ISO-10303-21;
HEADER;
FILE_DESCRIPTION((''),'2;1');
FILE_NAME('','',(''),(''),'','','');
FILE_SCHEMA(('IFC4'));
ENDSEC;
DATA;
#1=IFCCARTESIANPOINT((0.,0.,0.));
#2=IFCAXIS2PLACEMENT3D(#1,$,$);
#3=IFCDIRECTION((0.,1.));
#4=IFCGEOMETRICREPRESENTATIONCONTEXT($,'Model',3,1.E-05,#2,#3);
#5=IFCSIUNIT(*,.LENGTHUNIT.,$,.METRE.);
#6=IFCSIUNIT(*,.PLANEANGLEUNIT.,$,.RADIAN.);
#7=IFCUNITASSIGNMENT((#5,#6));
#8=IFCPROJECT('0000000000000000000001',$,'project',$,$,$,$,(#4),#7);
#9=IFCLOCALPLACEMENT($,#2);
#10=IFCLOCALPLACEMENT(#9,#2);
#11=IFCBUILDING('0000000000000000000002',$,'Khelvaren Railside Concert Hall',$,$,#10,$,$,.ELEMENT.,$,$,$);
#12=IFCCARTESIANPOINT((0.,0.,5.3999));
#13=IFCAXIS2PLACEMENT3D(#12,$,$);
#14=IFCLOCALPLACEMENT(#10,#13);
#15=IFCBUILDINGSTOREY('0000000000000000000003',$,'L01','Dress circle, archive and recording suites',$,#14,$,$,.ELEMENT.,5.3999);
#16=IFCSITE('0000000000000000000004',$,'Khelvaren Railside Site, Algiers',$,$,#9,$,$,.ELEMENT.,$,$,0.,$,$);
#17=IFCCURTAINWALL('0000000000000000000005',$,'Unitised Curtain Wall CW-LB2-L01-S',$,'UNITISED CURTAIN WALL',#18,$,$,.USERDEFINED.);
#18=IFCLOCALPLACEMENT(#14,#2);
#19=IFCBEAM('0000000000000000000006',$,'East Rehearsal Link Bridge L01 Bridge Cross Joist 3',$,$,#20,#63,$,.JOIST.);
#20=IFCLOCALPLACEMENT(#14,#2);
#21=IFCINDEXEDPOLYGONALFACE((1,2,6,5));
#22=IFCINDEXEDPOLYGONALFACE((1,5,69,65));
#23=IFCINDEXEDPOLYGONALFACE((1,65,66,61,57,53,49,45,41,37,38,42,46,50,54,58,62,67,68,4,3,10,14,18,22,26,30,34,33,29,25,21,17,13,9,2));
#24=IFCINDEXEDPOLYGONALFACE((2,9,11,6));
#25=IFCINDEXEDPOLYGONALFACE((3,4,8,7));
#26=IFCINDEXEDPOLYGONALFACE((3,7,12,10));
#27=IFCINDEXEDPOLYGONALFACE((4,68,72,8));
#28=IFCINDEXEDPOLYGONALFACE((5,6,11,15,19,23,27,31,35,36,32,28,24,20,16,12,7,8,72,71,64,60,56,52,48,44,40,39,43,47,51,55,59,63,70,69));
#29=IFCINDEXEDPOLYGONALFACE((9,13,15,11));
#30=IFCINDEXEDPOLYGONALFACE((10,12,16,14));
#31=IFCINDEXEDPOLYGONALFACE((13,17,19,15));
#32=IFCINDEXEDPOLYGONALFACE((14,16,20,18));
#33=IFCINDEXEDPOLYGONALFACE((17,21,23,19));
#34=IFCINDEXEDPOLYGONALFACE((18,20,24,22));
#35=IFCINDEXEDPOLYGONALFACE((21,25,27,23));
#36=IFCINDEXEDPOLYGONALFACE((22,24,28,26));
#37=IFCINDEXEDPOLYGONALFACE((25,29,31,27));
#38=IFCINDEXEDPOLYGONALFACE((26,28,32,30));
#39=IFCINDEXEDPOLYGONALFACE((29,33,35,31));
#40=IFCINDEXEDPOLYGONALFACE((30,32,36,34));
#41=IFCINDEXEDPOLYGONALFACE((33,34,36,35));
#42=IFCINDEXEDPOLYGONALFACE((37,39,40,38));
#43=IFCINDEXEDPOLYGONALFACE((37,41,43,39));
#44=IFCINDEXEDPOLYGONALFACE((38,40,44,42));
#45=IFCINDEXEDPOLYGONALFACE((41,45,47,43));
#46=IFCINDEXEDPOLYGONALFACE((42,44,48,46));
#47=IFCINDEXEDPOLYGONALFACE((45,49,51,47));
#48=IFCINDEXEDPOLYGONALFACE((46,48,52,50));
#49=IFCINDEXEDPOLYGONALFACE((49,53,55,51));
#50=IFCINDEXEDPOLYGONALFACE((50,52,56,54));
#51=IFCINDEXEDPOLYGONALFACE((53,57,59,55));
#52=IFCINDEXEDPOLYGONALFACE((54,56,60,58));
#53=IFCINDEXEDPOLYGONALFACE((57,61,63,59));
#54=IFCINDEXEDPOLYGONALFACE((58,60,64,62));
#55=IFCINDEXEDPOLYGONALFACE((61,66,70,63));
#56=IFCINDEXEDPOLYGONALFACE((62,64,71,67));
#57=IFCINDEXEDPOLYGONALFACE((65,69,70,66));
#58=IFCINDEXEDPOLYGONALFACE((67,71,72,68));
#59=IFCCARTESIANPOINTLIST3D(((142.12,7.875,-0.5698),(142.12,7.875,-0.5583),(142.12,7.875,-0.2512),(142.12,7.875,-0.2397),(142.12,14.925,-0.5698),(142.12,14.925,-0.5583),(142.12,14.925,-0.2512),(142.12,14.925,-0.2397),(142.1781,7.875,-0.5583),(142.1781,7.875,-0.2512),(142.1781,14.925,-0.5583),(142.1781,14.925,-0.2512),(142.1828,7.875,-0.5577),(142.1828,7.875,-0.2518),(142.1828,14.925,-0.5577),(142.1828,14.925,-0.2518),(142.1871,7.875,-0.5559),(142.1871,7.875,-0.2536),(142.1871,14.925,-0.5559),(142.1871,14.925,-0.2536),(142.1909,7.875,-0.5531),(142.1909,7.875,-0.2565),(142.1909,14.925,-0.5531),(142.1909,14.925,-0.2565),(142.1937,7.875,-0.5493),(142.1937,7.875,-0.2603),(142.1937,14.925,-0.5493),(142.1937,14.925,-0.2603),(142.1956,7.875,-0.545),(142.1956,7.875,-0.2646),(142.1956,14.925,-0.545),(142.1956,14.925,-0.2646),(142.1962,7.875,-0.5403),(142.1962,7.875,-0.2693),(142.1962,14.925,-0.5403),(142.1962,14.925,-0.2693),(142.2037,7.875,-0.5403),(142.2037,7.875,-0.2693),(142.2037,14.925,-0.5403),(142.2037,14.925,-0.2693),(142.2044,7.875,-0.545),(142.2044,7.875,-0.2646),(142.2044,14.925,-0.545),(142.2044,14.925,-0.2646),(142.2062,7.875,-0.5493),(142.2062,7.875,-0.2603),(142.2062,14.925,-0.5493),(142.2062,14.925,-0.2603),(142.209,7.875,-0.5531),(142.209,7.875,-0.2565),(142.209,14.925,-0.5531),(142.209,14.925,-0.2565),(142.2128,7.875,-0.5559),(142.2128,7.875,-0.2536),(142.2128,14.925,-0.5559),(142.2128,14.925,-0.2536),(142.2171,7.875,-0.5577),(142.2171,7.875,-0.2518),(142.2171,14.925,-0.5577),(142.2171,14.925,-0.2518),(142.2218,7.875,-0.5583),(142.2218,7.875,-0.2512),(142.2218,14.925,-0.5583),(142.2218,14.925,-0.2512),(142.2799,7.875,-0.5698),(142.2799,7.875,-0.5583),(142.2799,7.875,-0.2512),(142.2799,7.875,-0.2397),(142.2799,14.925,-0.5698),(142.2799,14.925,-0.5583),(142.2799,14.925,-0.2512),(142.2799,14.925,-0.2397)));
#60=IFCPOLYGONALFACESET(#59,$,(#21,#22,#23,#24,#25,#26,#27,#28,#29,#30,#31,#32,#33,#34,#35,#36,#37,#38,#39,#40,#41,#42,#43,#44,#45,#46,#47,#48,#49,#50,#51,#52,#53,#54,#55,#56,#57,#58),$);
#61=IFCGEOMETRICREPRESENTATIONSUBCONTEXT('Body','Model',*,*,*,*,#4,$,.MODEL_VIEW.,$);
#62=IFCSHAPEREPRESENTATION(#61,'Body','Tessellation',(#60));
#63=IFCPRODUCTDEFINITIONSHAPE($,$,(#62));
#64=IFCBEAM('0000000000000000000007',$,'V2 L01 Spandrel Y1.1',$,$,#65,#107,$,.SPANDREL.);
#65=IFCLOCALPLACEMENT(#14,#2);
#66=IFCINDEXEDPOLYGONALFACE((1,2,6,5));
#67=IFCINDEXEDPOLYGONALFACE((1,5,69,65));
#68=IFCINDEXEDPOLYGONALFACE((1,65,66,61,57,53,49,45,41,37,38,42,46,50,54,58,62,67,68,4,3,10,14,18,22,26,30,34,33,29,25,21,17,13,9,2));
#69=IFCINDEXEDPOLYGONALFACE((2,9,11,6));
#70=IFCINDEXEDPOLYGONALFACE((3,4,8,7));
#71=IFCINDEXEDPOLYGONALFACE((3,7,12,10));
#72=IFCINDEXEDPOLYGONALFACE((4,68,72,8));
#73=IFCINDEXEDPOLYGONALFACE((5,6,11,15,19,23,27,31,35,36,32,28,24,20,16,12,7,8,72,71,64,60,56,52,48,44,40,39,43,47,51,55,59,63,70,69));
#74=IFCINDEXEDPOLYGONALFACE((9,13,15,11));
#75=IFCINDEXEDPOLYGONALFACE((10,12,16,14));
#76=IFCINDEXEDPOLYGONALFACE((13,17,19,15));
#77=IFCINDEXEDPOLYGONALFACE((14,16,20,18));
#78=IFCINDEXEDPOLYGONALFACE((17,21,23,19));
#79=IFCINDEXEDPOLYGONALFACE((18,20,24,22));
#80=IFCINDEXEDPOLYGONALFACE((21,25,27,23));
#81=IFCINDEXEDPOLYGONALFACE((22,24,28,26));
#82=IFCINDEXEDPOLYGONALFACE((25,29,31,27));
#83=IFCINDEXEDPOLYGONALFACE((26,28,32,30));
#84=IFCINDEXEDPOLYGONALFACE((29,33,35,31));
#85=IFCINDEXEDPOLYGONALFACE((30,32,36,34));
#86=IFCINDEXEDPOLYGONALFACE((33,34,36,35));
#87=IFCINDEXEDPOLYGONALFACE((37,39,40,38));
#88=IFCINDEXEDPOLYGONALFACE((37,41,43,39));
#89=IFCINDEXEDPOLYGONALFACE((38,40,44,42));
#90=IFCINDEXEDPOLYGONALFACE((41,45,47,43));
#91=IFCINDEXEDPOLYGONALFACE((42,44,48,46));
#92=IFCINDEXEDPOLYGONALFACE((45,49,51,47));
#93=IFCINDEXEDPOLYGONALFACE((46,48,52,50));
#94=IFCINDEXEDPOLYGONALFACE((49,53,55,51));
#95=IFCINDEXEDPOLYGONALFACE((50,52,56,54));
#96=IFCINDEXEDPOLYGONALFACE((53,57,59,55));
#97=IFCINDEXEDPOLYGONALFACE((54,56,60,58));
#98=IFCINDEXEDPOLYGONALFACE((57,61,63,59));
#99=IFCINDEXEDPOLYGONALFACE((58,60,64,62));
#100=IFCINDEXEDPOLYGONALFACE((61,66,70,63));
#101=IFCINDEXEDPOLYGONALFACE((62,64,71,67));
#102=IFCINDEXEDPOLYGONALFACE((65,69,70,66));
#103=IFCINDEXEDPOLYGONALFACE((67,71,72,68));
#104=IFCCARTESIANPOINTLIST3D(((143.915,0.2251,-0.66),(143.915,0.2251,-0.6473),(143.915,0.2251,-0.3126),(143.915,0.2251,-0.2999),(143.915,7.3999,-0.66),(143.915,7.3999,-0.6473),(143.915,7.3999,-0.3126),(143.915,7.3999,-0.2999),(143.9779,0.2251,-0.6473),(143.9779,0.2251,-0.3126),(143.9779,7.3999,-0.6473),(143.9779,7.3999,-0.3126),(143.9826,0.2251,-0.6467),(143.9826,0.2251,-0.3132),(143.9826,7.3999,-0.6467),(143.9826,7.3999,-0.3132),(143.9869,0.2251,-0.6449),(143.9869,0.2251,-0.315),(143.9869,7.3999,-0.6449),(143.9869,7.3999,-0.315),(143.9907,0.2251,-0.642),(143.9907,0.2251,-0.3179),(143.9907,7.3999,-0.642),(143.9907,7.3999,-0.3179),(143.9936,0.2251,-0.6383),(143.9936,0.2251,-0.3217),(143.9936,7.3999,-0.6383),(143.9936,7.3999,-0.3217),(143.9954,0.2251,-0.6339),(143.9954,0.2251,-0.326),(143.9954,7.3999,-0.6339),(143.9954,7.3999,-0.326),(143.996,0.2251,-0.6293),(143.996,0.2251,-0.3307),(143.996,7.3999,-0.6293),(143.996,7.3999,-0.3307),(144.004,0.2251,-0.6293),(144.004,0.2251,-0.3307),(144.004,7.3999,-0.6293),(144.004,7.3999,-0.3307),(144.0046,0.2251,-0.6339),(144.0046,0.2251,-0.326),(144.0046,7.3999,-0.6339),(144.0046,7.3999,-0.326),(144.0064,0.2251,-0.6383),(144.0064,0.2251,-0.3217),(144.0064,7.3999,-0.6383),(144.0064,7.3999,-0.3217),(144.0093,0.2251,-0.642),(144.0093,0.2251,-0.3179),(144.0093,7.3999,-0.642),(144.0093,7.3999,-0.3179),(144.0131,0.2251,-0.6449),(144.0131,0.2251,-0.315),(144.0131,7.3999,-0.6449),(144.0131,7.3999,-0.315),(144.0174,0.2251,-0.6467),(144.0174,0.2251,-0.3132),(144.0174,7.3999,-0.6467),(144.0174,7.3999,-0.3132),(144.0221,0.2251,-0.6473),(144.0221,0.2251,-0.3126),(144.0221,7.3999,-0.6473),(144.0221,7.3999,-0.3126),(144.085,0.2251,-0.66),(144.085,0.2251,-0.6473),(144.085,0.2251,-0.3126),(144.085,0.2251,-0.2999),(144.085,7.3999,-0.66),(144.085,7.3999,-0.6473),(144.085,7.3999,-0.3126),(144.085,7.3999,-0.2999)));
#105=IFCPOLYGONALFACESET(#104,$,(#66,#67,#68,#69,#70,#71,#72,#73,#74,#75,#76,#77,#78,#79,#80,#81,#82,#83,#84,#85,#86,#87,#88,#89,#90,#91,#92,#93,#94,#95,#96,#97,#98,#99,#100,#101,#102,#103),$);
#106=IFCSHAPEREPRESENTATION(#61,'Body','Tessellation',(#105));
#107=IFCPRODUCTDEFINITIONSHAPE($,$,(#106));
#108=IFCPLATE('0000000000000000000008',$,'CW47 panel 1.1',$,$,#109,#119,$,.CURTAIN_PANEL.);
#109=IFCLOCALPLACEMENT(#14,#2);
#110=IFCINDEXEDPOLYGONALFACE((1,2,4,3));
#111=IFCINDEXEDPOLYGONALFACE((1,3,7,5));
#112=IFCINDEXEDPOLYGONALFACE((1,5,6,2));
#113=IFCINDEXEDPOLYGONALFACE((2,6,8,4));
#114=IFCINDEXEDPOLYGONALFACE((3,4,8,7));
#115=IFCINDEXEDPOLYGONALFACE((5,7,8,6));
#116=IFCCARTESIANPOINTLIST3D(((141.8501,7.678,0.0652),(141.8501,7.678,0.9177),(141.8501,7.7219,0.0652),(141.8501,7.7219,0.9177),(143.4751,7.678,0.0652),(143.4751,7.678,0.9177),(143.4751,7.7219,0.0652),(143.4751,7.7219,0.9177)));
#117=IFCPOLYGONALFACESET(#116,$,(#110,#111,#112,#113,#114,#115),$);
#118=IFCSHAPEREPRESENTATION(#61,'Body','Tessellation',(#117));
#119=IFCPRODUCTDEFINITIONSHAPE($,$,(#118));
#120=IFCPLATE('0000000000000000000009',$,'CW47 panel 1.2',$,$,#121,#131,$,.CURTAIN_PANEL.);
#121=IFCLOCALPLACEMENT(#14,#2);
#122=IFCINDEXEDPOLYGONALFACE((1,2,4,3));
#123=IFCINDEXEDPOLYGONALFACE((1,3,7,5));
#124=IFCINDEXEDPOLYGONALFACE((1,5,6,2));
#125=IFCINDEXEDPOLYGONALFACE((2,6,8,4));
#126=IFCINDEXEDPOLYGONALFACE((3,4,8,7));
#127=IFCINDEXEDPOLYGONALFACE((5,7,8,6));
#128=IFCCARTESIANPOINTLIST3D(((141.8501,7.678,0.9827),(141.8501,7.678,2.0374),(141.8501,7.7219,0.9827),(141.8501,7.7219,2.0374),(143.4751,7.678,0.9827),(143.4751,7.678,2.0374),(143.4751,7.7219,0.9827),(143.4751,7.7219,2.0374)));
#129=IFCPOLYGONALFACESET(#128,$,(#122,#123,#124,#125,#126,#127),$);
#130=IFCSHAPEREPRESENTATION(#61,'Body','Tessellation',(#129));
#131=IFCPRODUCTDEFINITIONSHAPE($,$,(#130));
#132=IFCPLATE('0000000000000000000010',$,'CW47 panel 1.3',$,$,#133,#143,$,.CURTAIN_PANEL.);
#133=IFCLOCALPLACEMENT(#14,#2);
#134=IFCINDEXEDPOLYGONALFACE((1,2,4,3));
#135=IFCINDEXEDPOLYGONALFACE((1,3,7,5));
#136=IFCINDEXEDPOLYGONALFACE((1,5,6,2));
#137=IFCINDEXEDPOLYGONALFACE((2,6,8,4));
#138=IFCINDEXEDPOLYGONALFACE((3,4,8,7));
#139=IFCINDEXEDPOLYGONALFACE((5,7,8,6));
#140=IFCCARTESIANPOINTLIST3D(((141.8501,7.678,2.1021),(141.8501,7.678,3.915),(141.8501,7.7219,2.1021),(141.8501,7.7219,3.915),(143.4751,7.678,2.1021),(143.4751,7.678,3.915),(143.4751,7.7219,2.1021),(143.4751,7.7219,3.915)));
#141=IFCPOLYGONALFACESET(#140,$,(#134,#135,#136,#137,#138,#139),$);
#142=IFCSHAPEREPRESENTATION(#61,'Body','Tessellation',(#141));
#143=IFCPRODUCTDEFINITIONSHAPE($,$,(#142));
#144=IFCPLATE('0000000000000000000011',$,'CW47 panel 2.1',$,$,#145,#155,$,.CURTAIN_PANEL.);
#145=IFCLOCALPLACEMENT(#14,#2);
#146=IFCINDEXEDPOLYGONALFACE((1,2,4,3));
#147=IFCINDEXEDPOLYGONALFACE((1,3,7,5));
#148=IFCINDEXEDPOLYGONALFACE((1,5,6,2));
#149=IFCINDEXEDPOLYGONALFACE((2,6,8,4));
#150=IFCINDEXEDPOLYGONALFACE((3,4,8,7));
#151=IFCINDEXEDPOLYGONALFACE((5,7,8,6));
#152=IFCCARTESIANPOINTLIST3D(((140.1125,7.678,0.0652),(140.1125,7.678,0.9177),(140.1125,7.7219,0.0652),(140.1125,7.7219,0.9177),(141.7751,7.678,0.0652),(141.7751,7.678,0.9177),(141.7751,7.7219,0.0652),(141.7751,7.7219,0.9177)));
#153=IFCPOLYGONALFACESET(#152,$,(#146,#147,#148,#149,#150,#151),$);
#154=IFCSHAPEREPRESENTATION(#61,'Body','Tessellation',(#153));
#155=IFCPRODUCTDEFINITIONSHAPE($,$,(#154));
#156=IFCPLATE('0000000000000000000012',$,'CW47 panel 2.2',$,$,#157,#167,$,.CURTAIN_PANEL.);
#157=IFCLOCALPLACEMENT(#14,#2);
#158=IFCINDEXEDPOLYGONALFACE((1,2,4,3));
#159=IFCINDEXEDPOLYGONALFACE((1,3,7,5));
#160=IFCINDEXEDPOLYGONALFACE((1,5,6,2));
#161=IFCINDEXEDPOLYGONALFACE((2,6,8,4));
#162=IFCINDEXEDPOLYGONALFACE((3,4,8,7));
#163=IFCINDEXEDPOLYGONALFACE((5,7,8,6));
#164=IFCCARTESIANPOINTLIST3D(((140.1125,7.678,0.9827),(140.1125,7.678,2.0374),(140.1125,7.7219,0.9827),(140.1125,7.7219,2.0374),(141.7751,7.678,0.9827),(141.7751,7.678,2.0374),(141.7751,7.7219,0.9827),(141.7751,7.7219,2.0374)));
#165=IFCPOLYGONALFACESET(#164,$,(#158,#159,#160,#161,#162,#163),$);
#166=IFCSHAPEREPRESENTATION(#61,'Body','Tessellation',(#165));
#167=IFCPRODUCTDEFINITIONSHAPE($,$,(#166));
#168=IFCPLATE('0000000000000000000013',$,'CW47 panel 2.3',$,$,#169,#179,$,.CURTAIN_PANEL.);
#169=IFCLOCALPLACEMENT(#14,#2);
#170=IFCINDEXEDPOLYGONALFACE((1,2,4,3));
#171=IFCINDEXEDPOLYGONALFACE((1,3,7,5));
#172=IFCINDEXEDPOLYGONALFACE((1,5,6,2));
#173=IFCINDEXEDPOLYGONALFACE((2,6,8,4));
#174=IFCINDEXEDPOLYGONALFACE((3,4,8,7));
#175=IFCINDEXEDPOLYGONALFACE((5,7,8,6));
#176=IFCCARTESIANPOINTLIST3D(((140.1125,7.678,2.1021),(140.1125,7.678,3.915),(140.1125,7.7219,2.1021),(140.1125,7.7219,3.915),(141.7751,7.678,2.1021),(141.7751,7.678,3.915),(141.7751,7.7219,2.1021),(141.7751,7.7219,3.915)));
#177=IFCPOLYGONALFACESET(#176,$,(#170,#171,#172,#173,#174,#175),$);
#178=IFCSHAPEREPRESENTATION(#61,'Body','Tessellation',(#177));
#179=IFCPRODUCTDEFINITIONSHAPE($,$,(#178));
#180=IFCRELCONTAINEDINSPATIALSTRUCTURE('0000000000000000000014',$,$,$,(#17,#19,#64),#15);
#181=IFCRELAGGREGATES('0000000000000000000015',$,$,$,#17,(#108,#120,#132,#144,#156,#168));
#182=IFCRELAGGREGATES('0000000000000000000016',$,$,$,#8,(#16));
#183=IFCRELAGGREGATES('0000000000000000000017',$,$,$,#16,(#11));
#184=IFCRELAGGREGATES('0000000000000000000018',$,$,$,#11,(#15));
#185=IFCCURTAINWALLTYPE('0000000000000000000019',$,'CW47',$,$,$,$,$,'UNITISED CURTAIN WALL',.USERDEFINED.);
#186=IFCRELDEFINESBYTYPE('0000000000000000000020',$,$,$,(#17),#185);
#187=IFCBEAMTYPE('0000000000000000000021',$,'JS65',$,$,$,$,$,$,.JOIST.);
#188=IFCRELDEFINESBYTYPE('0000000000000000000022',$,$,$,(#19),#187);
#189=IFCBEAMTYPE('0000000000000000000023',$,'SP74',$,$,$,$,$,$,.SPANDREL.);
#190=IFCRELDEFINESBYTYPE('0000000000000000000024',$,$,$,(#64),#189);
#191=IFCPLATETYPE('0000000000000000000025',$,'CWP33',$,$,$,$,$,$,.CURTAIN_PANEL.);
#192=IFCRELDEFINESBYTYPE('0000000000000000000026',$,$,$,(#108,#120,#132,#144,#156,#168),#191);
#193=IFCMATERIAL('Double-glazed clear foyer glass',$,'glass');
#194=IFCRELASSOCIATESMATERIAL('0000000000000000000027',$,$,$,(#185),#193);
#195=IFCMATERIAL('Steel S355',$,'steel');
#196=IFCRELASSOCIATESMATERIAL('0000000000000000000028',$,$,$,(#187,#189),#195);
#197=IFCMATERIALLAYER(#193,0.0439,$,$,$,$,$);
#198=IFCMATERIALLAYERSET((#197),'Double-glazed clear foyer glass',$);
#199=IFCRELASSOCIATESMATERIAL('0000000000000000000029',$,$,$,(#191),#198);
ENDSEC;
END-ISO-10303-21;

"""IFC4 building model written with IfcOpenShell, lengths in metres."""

from ifc_helpers import new_model, si_unit, direction, frame, origin, origin_2d, place, context, subcontext, project, spatial, rectangle, i_section, extrude, material, layer, layer_set, material_profile, profile_set, type_object, element, aggregate, save


model = new_model("IFC4")

# Units and contexts
model_context = context("Model", 3, precision=1e-05, world=origin(), true_north=direction((0.0, 1.0)))
body_context = subcontext(model_context, "Body", "Model", "MODEL_VIEW")
ifc_project = project(units=[si_unit("LENGTHUNIT", "METRE"), si_unit("PLANEANGLEUNIT", "RADIAN")], contexts=[model_context])

# Site, building, storey
site_placement = place(None, origin())
site = spatial("IfcSite", under=ifc_project, at=site_placement, Name="Khelvaren Railside Site, Algiers", CompositionType="ELEMENT", RefElevation=0.0)
building_placement = place(site_placement, origin())
building = spatial("IfcBuilding", under=site, at=building_placement, Name="Khelvaren Railside Concert Hall", CompositionType="ELEMENT")
storey_placement = place(building_placement, frame((0.0, 0.0, 5.3999)))
storey = spatial("IfcBuildingStorey", under=building, at=storey_placement, Name="L01", Description="Dress circle, archive and recording suites", CompositionType="ELEMENT", Elevation=5.3999)

# Shared definitions
ifc_material_1 = material(Name="Steel S355", Category="steel")

# Curtain wall
ifc_material_2 = material(Name="Double-glazed clear foyer glass", Category="glass")
curtain_wall_type_1 = type_object("IfcCurtainWallType", Name="CW47", ElementType="UNITISED CURTAIN WALL", PredefinedType="USERDEFINED", material=ifc_material_2)
curtain_wall_1_placement = place(storey_placement, origin())
curtain_wall_1 = element("IfcCurtainWall", 1, at=curtain_wall_1_placement, inside=storey, type_object=curtain_wall_type_1, Name="Unitised Curtain Wall CW-LB2-L01-S", ObjectType="UNITISED CURTAIN WALL", PredefinedType="USERDEFINED")

# Beams
ifc_material_profile_1 = material_profile(ifc_material_1, i_section(OverallWidth=0.1599, OverallDepth=0.3301, WebThickness=0.0076, FlangeThickness=0.0115, FilletRadius=0.0181, at=origin_2d()), Name="IPE 330")
ifc_profile_set_1 = profile_set([ifc_material_profile_1], Name="Steel S355")
beam_type_1 = type_object("IfcBeamType", Name="JS65", PredefinedType="JOIST", material=ifc_profile_set_1)
for number, where, z_axis, x_axis, name in (
    (2, (142.2, 7.875, -0.4048), (0.0, 1.0, 0.0), (-1.0, 0.0, 0.0), "East Rehearsal Link Bridge L01 Bridge Cross Joist 3"),
):
    element("IfcBeam", number, at=place(storey_placement, frame(where, z_axis=z_axis, x_axis=x_axis)), inside=storey, type_object=beam_type_1, Name=name, PredefinedType="JOIST", context=body_context, shape_type="SweptSolid", body=[
        extrude(i_section(OverallWidth=0.1599, OverallDepth=0.3301, WebThickness=0.0076, FlangeThickness=0.0115, FilletRadius=0.0181, at=origin_2d()), origin(), (0.0, 0.0, 1.0), 7.05),
    ])
ifc_material_profile_2 = material_profile(ifc_material_1, i_section(OverallWidth=0.1699, OverallDepth=0.3601, WebThickness=0.0081, FlangeThickness=0.0127, FilletRadius=0.0181, at=origin_2d()), Name="IPE 360")
ifc_profile_set_2 = profile_set([ifc_material_profile_2], Name="Steel S355")
beam_type_2 = type_object("IfcBeamType", Name="SP74", PredefinedType="SPANDREL", material=ifc_profile_set_2)
beam_placement = place(storey_placement, frame((144.0, 0.2251, -0.48), z_axis=(0.0, 1.0, 0.0), x_axis=(-1.0, 0.0, 0.0)))
element("IfcBeam", 3, at=beam_placement, inside=storey, type_object=beam_type_2, Name="V2 L01 Spandrel Y1.1", PredefinedType="SPANDREL", context=body_context, shape_type="SweptSolid", body=[
    extrude(i_section(OverallWidth=0.1699, OverallDepth=0.3601, WebThickness=0.0081, FlangeThickness=0.0127, FilletRadius=0.0181, at=origin_2d()), origin(), (0.0, 0.0, 1.0), 7.1748),
])

# Plates
ifc_layer = layer(ifc_material_2, 0.0439)
ifc_layer_set = layer_set([ifc_layer], Name="Double-glazed clear foyer glass")
plate_type = type_object("IfcPlateType", Name="CWP33", PredefinedType="CURTAIN_PANEL", material=ifc_layer_set)
plate_1_placement = place(storey_placement, frame((142.6626, 7.7, 0.0652), z_axis=(0.0, 0.0, 1.0), x_axis=(-1.0, 0.0, 0.0)))
plate_1 = element("IfcPlate", 4, at=plate_1_placement, type_object=plate_type, Name="CW47 panel 1.1", PredefinedType="CURTAIN_PANEL", context=body_context, shape_type="SweptSolid", body=[
    extrude(rectangle(XDim=1.625, YDim=0.0439, at=origin_2d()), origin(), (0.0, 0.0, 1.0), 0.8525),
])
plate_2_placement = place(storey_placement, frame((142.6626, 7.7, 0.9827), z_axis=(0.0, 0.0, 1.0), x_axis=(-1.0, 0.0, 0.0)))
plate_2 = element("IfcPlate", 5, at=plate_2_placement, type_object=plate_type, Name="CW47 panel 1.2", PredefinedType="CURTAIN_PANEL", context=body_context, shape_type="SweptSolid", body=[
    extrude(rectangle(XDim=1.625, YDim=0.0439, at=origin_2d()), origin(), (0.0, 0.0, 1.0), 1.0547),
])
plate_3_placement = place(storey_placement, frame((142.6626, 7.7, 2.1021), z_axis=(0.0, 0.0, 1.0), x_axis=(-1.0, 0.0, 0.0)))
plate_3 = element("IfcPlate", 6, at=plate_3_placement, type_object=plate_type, Name="CW47 panel 1.3", PredefinedType="CURTAIN_PANEL", context=body_context, shape_type="SweptSolid", body=[
    extrude(rectangle(XDim=1.625, YDim=0.0439, at=origin_2d()), origin(), (0.0, 0.0, 1.0), 1.813),
])
plate_4_placement = place(storey_placement, frame((140.9438, 7.7, 0.0652), z_axis=(0.0, 0.0, 1.0), x_axis=(-1.0, 0.0, 0.0)))
plate_4 = element("IfcPlate", 7, at=plate_4_placement, type_object=plate_type, Name="CW47 panel 2.1", PredefinedType="CURTAIN_PANEL", context=body_context, shape_type="SweptSolid", body=[
    extrude(rectangle(XDim=1.6626, YDim=0.0439, at=origin_2d()), origin(), (0.0, 0.0, 1.0), 0.8525),
])
plate_5_placement = place(storey_placement, frame((140.9438, 7.7, 0.9827), z_axis=(0.0, 0.0, 1.0), x_axis=(-1.0, 0.0, 0.0)))
plate_5 = element("IfcPlate", 8, at=plate_5_placement, type_object=plate_type, Name="CW47 panel 2.2", PredefinedType="CURTAIN_PANEL", context=body_context, shape_type="SweptSolid", body=[
    extrude(rectangle(XDim=1.6626, YDim=0.0439, at=origin_2d()), origin(), (0.0, 0.0, 1.0), 1.0547),
])
plate_6_placement = place(storey_placement, frame((140.9438, 7.7, 2.1021), z_axis=(0.0, 0.0, 1.0), x_axis=(-1.0, 0.0, 0.0)))
plate_6 = element("IfcPlate", 9, at=plate_6_placement, type_object=plate_type, Name="CW47 panel 2.3", PredefinedType="CURTAIN_PANEL", context=body_context, shape_type="SweptSolid", body=[
    extrude(rectangle(XDim=1.6626, YDim=0.0439, at=origin_2d()), origin(), (0.0, 0.0, 1.0), 1.813),
])
aggregate(curtain_wall_1, [plate_1, plate_2, plate_3, plate_4, plate_5, plate_6])

save(model, "model.ifc")
